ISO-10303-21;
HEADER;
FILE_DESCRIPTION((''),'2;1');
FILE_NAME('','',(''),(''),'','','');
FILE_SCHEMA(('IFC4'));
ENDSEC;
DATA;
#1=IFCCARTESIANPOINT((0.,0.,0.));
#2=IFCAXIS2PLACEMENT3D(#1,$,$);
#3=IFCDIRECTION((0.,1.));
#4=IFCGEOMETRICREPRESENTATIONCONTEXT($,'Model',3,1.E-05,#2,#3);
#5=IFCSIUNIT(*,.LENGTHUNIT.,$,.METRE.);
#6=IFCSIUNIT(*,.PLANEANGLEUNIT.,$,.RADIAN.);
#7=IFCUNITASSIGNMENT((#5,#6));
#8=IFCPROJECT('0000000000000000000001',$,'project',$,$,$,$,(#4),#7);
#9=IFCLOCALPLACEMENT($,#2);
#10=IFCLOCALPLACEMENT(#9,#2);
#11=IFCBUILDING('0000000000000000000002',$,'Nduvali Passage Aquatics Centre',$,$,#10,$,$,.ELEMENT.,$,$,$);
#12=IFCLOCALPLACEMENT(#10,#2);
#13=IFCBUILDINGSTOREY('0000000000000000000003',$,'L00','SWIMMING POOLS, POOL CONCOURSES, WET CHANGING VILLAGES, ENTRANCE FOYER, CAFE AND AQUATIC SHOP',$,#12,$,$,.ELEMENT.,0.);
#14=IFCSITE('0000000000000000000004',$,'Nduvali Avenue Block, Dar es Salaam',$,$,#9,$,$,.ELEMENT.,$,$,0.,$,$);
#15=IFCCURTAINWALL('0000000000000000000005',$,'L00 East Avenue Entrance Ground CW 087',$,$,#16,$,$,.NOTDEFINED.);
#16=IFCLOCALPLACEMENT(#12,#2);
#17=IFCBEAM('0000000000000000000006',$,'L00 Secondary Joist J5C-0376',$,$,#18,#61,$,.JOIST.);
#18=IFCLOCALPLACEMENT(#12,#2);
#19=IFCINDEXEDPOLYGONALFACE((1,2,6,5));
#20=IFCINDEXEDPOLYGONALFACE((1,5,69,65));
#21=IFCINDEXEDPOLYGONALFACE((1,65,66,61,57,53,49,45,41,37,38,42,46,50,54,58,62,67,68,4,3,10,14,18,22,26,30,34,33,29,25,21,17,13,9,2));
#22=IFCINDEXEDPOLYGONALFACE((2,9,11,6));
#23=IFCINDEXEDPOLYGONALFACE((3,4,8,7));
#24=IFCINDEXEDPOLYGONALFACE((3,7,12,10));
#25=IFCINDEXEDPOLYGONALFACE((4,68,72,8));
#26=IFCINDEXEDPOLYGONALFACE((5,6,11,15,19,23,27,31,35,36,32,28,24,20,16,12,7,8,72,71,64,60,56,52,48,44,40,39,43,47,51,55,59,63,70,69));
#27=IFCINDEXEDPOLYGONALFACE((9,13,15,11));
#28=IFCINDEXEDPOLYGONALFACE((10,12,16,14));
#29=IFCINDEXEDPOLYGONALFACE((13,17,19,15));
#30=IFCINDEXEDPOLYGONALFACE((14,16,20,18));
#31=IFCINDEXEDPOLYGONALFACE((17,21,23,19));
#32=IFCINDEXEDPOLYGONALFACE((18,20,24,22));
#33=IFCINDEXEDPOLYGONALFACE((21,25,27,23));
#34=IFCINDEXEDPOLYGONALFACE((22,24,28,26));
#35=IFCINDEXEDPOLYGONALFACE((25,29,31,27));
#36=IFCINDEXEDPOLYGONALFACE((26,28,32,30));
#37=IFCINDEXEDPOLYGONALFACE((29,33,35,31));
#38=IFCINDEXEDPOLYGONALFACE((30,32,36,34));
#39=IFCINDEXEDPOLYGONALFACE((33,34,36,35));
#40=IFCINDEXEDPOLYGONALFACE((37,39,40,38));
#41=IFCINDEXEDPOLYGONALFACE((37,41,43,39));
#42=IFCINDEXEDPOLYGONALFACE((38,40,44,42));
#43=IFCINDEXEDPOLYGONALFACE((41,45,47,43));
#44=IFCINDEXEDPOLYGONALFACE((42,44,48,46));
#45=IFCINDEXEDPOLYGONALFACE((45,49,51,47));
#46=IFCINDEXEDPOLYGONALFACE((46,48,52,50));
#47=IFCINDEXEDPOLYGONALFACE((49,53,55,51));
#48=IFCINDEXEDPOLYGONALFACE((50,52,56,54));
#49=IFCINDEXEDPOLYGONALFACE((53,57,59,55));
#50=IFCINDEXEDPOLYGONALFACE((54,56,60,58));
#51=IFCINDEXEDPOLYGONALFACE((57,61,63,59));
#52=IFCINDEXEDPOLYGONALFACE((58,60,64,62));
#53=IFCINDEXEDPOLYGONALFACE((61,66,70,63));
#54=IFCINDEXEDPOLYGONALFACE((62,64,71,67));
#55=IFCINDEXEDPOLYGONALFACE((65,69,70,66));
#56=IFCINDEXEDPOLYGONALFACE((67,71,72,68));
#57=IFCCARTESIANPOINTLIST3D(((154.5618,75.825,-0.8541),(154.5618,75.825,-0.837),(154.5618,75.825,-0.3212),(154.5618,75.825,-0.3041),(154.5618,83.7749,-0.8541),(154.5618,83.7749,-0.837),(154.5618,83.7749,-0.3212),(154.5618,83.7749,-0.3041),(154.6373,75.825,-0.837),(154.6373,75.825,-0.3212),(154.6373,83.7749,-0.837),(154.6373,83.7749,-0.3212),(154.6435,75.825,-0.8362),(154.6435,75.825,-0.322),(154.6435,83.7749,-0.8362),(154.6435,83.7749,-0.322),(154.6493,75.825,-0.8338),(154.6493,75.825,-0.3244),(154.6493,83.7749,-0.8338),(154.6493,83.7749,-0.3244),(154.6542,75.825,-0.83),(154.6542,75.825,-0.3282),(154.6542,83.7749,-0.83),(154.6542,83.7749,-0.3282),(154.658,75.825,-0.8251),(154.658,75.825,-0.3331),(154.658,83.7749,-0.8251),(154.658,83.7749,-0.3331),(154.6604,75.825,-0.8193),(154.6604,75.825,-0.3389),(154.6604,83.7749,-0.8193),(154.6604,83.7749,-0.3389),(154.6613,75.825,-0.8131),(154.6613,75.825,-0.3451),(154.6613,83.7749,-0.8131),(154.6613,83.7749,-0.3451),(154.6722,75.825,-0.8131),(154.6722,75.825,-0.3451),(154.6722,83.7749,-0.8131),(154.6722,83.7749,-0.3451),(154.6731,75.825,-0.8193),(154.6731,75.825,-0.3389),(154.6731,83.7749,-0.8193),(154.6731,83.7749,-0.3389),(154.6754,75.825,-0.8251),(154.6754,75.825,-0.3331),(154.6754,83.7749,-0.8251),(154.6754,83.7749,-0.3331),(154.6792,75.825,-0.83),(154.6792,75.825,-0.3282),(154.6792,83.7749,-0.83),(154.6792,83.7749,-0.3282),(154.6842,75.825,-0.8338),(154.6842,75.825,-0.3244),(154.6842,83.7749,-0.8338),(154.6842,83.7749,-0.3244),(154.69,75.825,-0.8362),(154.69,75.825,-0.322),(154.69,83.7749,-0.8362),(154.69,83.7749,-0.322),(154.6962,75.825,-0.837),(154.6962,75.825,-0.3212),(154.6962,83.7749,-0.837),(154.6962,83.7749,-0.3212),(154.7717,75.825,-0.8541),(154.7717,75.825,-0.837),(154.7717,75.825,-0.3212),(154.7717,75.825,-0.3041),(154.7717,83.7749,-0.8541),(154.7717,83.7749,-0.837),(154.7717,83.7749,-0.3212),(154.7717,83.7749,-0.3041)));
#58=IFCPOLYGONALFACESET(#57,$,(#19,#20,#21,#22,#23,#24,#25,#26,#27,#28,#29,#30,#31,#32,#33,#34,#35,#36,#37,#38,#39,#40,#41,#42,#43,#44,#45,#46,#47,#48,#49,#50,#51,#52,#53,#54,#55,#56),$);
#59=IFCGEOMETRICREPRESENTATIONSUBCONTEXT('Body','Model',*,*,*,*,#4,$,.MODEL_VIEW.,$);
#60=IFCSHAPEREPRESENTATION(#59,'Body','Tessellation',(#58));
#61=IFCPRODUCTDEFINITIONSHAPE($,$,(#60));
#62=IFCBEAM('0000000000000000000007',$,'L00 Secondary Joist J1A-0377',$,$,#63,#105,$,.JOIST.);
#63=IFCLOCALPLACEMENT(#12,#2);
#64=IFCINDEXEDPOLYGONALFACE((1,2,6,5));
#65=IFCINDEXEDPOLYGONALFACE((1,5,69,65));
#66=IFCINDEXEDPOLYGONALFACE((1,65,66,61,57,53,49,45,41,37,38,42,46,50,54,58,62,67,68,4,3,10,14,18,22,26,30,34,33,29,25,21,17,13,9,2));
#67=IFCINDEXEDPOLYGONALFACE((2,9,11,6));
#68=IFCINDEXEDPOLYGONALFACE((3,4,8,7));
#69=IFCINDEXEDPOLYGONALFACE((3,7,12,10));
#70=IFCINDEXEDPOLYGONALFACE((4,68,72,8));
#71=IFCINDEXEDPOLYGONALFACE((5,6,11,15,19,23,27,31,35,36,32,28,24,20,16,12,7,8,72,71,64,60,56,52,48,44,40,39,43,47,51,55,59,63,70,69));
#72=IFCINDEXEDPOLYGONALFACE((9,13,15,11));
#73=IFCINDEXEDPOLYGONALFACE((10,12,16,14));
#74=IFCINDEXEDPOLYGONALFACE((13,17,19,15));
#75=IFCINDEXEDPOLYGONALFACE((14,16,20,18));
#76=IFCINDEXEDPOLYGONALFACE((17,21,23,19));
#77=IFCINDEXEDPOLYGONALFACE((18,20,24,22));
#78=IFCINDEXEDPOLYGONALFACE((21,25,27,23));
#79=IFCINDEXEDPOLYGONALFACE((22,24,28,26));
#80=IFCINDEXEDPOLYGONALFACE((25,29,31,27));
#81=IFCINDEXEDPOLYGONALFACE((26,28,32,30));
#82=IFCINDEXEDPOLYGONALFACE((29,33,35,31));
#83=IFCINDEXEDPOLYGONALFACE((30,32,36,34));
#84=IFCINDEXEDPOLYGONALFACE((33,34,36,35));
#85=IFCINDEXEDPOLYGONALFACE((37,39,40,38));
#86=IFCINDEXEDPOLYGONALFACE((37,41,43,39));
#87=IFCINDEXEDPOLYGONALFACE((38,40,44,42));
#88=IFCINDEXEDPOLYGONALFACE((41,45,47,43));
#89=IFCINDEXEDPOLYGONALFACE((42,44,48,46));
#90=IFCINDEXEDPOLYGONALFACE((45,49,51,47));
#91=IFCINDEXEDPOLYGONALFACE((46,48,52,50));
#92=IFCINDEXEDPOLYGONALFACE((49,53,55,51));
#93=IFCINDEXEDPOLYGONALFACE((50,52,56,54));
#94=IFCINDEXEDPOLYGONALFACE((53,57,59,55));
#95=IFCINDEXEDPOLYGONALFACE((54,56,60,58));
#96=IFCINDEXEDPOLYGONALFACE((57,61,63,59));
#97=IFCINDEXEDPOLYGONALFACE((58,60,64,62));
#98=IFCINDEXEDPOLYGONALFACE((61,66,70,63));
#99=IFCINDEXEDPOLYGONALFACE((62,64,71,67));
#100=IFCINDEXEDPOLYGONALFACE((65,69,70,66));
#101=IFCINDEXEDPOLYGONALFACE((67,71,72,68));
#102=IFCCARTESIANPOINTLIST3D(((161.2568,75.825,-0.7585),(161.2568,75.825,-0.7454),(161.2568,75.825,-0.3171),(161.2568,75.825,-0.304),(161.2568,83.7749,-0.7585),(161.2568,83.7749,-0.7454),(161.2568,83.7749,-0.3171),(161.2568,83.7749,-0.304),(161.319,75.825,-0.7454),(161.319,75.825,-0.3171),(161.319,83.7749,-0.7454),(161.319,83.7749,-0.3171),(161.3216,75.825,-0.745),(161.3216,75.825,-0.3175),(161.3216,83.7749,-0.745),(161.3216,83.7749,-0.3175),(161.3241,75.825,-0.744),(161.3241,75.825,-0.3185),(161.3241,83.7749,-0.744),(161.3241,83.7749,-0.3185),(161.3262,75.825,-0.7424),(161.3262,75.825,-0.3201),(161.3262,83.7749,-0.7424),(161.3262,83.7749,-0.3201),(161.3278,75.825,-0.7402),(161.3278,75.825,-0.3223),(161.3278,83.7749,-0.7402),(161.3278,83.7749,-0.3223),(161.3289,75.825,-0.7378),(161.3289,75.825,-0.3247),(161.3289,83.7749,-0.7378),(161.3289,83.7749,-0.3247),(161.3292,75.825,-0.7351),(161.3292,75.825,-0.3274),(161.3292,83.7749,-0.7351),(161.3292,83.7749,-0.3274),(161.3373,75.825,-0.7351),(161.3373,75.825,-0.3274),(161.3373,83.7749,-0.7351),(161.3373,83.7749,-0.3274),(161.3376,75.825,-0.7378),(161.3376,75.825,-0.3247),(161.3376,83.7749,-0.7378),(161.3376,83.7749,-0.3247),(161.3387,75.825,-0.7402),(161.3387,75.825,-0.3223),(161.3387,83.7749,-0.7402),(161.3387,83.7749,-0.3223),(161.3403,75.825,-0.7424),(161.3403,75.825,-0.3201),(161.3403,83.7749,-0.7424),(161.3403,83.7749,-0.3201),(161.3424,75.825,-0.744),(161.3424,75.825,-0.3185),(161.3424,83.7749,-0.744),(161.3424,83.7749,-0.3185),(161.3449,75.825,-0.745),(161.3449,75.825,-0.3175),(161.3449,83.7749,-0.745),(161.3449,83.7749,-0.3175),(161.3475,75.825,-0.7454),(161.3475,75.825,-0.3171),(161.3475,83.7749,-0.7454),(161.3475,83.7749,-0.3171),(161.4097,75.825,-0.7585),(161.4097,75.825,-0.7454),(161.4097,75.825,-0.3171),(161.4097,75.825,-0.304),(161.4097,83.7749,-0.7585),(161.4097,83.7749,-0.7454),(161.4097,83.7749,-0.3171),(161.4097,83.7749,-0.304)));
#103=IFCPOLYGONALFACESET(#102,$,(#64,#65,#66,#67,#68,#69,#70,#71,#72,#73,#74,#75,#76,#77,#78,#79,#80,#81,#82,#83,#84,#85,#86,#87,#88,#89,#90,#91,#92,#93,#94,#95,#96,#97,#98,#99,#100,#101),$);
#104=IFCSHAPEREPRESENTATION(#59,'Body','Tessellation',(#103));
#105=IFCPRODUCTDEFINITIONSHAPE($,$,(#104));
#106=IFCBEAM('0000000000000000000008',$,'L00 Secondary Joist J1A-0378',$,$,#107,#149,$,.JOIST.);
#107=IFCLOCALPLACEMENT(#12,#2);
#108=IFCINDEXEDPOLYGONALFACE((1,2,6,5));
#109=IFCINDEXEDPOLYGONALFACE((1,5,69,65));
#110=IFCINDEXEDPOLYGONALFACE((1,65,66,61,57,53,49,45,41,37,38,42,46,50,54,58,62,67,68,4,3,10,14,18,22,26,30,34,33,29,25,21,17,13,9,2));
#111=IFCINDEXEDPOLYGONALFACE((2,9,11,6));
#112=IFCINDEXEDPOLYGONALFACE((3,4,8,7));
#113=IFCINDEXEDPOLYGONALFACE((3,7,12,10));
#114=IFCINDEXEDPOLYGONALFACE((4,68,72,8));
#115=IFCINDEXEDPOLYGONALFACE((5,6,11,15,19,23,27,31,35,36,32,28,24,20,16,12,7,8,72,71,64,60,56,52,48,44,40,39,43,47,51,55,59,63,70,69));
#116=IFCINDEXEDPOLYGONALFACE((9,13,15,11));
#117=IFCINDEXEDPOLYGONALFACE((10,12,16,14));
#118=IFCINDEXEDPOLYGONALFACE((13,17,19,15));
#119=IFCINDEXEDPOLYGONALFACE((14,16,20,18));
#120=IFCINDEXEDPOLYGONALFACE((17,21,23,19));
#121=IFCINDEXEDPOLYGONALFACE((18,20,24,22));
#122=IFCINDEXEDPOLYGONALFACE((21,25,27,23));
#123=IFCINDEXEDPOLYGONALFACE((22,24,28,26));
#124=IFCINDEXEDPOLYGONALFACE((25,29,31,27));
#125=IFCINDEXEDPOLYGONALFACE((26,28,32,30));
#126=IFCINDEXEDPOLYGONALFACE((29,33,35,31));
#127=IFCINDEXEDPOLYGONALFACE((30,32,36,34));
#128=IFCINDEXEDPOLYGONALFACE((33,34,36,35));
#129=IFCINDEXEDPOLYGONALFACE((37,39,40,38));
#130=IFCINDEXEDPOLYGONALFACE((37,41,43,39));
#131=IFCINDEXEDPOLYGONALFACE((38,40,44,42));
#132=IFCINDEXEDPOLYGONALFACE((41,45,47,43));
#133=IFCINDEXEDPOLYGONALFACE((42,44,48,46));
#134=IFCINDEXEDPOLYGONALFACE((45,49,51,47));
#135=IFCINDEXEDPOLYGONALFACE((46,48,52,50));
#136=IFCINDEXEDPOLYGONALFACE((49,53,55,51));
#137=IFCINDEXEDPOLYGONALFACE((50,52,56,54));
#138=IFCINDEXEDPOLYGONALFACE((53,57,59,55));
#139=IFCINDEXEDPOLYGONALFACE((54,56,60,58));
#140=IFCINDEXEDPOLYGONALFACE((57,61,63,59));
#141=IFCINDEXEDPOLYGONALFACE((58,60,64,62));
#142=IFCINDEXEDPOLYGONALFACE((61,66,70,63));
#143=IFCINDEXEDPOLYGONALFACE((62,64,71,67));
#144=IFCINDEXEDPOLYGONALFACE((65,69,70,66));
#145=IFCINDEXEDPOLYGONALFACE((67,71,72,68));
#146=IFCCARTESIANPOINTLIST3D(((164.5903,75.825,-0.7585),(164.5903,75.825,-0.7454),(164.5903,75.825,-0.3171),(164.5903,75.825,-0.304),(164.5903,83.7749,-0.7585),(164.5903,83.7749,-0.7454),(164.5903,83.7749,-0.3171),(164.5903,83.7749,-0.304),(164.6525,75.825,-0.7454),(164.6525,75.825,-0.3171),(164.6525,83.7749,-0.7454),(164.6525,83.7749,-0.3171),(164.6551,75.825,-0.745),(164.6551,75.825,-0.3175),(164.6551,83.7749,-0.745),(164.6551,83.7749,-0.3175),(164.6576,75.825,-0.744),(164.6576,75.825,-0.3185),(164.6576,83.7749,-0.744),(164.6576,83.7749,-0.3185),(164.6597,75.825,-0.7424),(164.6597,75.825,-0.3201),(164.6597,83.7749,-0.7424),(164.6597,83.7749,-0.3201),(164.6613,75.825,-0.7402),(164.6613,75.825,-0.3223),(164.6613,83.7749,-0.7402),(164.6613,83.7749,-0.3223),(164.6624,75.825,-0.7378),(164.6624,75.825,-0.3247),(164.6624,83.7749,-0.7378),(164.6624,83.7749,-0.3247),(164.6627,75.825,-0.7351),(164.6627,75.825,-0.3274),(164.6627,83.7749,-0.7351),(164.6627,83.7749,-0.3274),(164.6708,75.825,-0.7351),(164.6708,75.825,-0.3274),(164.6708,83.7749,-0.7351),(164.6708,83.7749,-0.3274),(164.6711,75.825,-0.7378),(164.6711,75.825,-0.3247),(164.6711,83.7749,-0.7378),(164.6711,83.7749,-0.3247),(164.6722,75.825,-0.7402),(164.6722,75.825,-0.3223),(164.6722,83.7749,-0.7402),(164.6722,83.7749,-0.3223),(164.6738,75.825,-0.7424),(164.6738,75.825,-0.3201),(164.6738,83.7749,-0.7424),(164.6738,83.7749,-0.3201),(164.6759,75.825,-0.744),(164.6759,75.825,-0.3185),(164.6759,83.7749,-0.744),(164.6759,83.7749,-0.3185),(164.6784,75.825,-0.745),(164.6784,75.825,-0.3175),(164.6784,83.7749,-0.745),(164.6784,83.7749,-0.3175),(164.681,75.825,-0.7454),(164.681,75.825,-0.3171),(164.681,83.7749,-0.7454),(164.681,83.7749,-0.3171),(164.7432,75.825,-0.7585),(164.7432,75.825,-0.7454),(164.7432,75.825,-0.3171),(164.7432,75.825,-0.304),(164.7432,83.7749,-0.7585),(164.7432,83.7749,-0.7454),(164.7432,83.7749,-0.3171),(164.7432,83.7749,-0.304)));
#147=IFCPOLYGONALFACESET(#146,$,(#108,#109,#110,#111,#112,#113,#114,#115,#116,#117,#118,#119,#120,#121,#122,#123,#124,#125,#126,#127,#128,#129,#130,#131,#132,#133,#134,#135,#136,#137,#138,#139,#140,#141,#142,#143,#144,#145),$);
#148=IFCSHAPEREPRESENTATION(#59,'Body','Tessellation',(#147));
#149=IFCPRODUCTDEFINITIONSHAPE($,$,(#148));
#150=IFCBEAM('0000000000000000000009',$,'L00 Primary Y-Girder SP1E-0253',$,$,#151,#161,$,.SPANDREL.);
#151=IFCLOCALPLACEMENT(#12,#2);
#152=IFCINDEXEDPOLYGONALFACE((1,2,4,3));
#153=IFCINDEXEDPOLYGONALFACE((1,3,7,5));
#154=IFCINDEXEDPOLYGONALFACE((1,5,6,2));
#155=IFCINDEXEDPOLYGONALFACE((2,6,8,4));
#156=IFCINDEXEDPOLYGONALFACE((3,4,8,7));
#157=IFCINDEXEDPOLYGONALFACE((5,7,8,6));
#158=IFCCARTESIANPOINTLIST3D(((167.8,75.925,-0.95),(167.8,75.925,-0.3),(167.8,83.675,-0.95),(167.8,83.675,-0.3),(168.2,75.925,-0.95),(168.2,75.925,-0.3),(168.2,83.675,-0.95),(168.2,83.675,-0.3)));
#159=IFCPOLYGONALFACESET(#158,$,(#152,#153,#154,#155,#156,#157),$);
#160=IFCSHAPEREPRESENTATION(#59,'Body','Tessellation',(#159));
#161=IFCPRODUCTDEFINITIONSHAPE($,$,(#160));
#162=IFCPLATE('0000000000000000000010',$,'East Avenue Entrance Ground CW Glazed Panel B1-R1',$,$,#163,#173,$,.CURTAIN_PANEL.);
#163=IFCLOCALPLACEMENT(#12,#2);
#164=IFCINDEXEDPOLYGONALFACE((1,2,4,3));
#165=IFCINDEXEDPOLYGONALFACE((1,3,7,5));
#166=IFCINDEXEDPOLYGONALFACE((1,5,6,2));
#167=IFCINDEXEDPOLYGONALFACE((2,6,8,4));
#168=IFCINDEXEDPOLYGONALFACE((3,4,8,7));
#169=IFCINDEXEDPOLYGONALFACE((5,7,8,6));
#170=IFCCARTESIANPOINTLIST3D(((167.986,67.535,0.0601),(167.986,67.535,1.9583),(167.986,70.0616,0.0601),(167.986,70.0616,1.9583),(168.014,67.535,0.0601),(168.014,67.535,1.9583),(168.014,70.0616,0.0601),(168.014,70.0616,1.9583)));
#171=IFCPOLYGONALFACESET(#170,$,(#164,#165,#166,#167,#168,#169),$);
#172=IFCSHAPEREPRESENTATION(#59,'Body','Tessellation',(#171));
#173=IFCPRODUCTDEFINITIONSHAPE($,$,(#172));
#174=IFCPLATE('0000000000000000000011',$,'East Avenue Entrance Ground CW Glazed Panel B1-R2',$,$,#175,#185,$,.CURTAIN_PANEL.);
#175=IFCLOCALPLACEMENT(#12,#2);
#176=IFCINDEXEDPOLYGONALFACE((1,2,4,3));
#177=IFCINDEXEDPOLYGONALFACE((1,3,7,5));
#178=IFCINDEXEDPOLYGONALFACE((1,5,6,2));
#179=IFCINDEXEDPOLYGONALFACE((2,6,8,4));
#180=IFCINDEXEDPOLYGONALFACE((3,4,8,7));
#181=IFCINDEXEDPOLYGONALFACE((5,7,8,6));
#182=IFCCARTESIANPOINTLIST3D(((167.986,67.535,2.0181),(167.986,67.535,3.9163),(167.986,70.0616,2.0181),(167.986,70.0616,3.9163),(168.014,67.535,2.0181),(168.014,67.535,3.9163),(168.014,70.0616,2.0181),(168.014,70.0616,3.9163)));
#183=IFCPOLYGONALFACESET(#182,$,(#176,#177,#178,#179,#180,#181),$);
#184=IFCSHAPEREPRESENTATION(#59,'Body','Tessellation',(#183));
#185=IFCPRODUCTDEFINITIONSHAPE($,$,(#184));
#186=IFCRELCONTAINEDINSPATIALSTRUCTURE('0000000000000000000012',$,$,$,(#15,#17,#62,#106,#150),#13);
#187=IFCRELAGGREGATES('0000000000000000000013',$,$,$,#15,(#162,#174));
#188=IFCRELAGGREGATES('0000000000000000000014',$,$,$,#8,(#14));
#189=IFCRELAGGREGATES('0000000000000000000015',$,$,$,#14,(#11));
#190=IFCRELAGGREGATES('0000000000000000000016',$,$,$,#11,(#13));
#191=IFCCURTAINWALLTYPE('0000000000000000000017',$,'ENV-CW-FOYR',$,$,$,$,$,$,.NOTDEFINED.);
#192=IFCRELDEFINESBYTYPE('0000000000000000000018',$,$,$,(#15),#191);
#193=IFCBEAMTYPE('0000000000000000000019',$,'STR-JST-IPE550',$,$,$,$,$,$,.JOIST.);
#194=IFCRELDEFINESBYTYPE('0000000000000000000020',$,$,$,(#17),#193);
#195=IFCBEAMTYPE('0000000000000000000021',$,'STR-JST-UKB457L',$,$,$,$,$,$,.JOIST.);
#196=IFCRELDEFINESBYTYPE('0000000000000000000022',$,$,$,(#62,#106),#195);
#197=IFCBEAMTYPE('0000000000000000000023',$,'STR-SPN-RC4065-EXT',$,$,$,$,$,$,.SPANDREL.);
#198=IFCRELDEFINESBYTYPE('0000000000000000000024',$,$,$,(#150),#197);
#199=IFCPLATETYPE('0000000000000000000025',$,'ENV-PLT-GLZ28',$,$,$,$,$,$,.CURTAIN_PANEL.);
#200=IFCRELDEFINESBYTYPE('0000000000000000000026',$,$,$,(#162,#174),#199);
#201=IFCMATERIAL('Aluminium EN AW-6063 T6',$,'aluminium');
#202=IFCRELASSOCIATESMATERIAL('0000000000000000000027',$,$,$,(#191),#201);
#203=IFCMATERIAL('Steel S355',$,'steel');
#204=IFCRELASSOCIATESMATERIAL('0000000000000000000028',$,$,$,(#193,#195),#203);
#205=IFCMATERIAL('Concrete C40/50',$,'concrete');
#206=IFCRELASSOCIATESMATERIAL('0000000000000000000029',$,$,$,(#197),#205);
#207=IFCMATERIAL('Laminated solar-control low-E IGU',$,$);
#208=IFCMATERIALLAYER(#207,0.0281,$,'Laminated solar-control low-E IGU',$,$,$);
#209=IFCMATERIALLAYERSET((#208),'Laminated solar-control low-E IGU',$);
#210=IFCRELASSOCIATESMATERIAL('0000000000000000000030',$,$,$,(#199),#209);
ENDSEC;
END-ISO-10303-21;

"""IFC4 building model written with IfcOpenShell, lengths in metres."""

from ifc_helpers import new_model, si_unit, direction, frame, origin, origin_2d, place, context, subcontext, project, spatial, rectangle, i_section, extrude, material, layer, layer_set, material_profile, profile_set, type_object, element, aggregate, save


model = new_model("IFC4")

# Units and contexts
model_context = context("Model", 3, precision=1e-05, world=origin(), true_north=direction((0.0, 1.0)))
body_context = subcontext(model_context, "Body", "Model", "MODEL_VIEW")
ifc_project = project(units=[si_unit("LENGTHUNIT", "METRE"), si_unit("PLANEANGLEUNIT", "RADIAN")], contexts=[model_context])

# Site, building, storey
site_placement = place(None, origin())
site = spatial("IfcSite", under=ifc_project, at=site_placement, Name="Nduvali Avenue Block, Dar es Salaam", CompositionType="ELEMENT", RefElevation=0.0)
building_placement = place(site_placement, origin())
building = spatial("IfcBuilding", under=site, at=building_placement, Name="Nduvali Passage Aquatics Centre", CompositionType="ELEMENT")
storey_placement = place(building_placement, origin())
storey = spatial("IfcBuildingStorey", under=building, at=storey_placement, Name="L00", Description="SWIMMING POOLS, POOL CONCOURSES, WET CHANGING VILLAGES, ENTRANCE FOYER, CAFE AND AQUATIC SHOP", CompositionType="ELEMENT", Elevation=0.0)

# Shared definitions
ifc_material_1 = material(Name="Concrete C40/50", Category="concrete")

# Curtain wall
ifc_material_2 = material(Name="Aluminium EN AW-6063 T6", Category="aluminium")
curtain_wall_type = type_object("IfcCurtainWallType", Name="ENV-CW-FOYR", PredefinedType="NOTDEFINED", material=ifc_material_2)
curtain_wall_1_placement = place(storey_placement, origin())
curtain_wall_1 = element("IfcCurtainWall", 1, at=curtain_wall_1_placement, inside=storey, type_object=curtain_wall_type, Name="L00 East Avenue Entrance Ground CW 087", PredefinedType="NOTDEFINED")

# Beams
ifc_material_3 = material(Name="Steel S355", Category="steel")
ifc_material_profile_1 = material_profile(ifc_material_3, i_section(OverallWidth=0.21, OverallDepth=0.55, WebThickness=0.011, FlangeThickness=0.0171, FilletRadius=0.0239, at=origin_2d()), Name="IPE 550")
ifc_profile_set_1 = profile_set([ifc_material_profile_1], Name="Steel S355")
beam_type_1 = type_object("IfcBeamType", Name="STR-JST-IPE550", PredefinedType="JOIST", material=ifc_profile_set_1)
for number, where, z_axis, x_axis, name in (
    (2, (154.6667, 75.825, -0.5791), (0.0, 1.0, 0.0), (-1.0, 0.0, 0.0), "L00 Secondary Joist J5C-0376"),
):
    element("IfcBeam", number, at=place(storey_placement, frame(where, z_axis=z_axis, x_axis=x_axis)), inside=storey, type_object=beam_type_1, Name=name, PredefinedType="JOIST", context=body_context, shape_type="SweptSolid", body=[
        extrude(i_section(OverallWidth=0.21, OverallDepth=0.55, WebThickness=0.011, FlangeThickness=0.0171, FilletRadius=0.0239, at=origin_2d()), origin(), (0.0, 0.0, 1.0), 7.95),
    ])
ifc_material_profile_2 = material_profile(ifc_material_3, i_section(OverallWidth=0.1528, OverallDepth=0.4546, WebThickness=0.0081, FlangeThickness=0.0132, FilletRadius=0.0103, at=origin_2d()), Name="UKB 457x152x60")
ifc_profile_set_2 = profile_set([ifc_material_profile_2], Name="Steel S355")
beam_type_2 = type_object("IfcBeamType", Name="STR-JST-UKB457L", PredefinedType="JOIST", material=ifc_profile_set_2)
for number, where, z_axis, x_axis, name in (
    (3, (161.3333, 75.825, -0.5312), (0.0, 1.0, 0.0), (-1.0, 0.0, 0.0), "L00 Secondary Joist J1A-0377"),
    (4, (164.6667, 75.825, -0.5312), (0.0, 1.0, 0.0), (-1.0, 0.0, 0.0), "L00 Secondary Joist J1A-0378"),
):
    element("IfcBeam", number, at=place(storey_placement, frame(where, z_axis=z_axis, x_axis=x_axis)), inside=storey, type_object=beam_type_2, Name=name, PredefinedType="JOIST", context=body_context, shape_type="SweptSolid", body=[
        extrude(i_section(OverallWidth=0.1528, OverallDepth=0.4546, WebThickness=0.0081, FlangeThickness=0.0132, FilletRadius=0.0103, at=origin_2d()), origin(), (0.0, 0.0, 1.0), 7.95),
    ])
ifc_material_profile_3 = material_profile(ifc_material_1, rectangle(XDim=0.3999, YDim=0.6499, at=origin_2d()), Name="RC 400x650")
ifc_profile_set_3 = profile_set([ifc_material_profile_3], Name="Concrete C40/50")
beam_type_3 = type_object("IfcBeamType", Name="STR-SPN-RC4065-EXT", PredefinedType="SPANDREL", material=ifc_profile_set_3)
beam_1_placement = place(storey_placement, frame((168.0, 75.925, -0.625), z_axis=(0.0, 1.0, 0.0), x_axis=(-1.0, 0.0, 0.0)))
element("IfcBeam", 5, at=beam_1_placement, inside=storey, type_object=beam_type_3, Name="L00 Primary Y-Girder SP1E-0253", PredefinedType="SPANDREL", context=body_context, shape_type="SweptSolid", body=[
    extrude(rectangle(XDim=0.3999, YDim=0.6499, at=origin_2d()), origin(), (0.0, 0.0, 1.0), 7.75),
])

# Plates
ifc_material_4 = material(Name="Laminated solar-control low-E IGU")
ifc_layer_1 = layer(ifc_material_4, 0.0281, Name="Laminated solar-control low-E IGU")
ifc_layer_set_1 = layer_set([ifc_layer_1], Name="Laminated solar-control low-E IGU")
plate_type = type_object("IfcPlateType", Name="ENV-PLT-GLZ28", PredefinedType="CURTAIN_PANEL", material=ifc_layer_set_1)
plate_1_placement = place(storey_placement, frame((168.0, 68.7983, 0.0601), z_axis=(0.0, 0.0, 1.0), x_axis=(0.0, 1.0, 0.0)))
plate_1 = element("IfcPlate", 6, at=plate_1_placement, type_object=plate_type, Name="East Avenue Entrance Ground CW Glazed Panel B1-R1", PredefinedType="CURTAIN_PANEL", context=body_context, shape_type="SweptSolid", body=[
    extrude(rectangle(XDim=2.5266, YDim=0.0281, at=origin_2d()), origin(), (0.0, 0.0, 1.0), 1.8982),
])
plate_2_placement = place(storey_placement, frame((168.0, 68.7983, 2.0181), z_axis=(0.0, 0.0, 1.0), x_axis=(0.0, 1.0, 0.0)))
plate_2 = element("IfcPlate", 7, at=plate_2_placement, type_object=plate_type, Name="East Avenue Entrance Ground CW Glazed Panel B1-R2", PredefinedType="CURTAIN_PANEL", context=body_context, shape_type="SweptSolid", body=[
    extrude(rectangle(XDim=2.5266, YDim=0.0281, at=origin_2d()), origin(), (0.0, 0.0, 1.0), 1.8982),
])
aggregate(curtain_wall_1, [plate_1, plate_2])

save(model, "model.ifc")
